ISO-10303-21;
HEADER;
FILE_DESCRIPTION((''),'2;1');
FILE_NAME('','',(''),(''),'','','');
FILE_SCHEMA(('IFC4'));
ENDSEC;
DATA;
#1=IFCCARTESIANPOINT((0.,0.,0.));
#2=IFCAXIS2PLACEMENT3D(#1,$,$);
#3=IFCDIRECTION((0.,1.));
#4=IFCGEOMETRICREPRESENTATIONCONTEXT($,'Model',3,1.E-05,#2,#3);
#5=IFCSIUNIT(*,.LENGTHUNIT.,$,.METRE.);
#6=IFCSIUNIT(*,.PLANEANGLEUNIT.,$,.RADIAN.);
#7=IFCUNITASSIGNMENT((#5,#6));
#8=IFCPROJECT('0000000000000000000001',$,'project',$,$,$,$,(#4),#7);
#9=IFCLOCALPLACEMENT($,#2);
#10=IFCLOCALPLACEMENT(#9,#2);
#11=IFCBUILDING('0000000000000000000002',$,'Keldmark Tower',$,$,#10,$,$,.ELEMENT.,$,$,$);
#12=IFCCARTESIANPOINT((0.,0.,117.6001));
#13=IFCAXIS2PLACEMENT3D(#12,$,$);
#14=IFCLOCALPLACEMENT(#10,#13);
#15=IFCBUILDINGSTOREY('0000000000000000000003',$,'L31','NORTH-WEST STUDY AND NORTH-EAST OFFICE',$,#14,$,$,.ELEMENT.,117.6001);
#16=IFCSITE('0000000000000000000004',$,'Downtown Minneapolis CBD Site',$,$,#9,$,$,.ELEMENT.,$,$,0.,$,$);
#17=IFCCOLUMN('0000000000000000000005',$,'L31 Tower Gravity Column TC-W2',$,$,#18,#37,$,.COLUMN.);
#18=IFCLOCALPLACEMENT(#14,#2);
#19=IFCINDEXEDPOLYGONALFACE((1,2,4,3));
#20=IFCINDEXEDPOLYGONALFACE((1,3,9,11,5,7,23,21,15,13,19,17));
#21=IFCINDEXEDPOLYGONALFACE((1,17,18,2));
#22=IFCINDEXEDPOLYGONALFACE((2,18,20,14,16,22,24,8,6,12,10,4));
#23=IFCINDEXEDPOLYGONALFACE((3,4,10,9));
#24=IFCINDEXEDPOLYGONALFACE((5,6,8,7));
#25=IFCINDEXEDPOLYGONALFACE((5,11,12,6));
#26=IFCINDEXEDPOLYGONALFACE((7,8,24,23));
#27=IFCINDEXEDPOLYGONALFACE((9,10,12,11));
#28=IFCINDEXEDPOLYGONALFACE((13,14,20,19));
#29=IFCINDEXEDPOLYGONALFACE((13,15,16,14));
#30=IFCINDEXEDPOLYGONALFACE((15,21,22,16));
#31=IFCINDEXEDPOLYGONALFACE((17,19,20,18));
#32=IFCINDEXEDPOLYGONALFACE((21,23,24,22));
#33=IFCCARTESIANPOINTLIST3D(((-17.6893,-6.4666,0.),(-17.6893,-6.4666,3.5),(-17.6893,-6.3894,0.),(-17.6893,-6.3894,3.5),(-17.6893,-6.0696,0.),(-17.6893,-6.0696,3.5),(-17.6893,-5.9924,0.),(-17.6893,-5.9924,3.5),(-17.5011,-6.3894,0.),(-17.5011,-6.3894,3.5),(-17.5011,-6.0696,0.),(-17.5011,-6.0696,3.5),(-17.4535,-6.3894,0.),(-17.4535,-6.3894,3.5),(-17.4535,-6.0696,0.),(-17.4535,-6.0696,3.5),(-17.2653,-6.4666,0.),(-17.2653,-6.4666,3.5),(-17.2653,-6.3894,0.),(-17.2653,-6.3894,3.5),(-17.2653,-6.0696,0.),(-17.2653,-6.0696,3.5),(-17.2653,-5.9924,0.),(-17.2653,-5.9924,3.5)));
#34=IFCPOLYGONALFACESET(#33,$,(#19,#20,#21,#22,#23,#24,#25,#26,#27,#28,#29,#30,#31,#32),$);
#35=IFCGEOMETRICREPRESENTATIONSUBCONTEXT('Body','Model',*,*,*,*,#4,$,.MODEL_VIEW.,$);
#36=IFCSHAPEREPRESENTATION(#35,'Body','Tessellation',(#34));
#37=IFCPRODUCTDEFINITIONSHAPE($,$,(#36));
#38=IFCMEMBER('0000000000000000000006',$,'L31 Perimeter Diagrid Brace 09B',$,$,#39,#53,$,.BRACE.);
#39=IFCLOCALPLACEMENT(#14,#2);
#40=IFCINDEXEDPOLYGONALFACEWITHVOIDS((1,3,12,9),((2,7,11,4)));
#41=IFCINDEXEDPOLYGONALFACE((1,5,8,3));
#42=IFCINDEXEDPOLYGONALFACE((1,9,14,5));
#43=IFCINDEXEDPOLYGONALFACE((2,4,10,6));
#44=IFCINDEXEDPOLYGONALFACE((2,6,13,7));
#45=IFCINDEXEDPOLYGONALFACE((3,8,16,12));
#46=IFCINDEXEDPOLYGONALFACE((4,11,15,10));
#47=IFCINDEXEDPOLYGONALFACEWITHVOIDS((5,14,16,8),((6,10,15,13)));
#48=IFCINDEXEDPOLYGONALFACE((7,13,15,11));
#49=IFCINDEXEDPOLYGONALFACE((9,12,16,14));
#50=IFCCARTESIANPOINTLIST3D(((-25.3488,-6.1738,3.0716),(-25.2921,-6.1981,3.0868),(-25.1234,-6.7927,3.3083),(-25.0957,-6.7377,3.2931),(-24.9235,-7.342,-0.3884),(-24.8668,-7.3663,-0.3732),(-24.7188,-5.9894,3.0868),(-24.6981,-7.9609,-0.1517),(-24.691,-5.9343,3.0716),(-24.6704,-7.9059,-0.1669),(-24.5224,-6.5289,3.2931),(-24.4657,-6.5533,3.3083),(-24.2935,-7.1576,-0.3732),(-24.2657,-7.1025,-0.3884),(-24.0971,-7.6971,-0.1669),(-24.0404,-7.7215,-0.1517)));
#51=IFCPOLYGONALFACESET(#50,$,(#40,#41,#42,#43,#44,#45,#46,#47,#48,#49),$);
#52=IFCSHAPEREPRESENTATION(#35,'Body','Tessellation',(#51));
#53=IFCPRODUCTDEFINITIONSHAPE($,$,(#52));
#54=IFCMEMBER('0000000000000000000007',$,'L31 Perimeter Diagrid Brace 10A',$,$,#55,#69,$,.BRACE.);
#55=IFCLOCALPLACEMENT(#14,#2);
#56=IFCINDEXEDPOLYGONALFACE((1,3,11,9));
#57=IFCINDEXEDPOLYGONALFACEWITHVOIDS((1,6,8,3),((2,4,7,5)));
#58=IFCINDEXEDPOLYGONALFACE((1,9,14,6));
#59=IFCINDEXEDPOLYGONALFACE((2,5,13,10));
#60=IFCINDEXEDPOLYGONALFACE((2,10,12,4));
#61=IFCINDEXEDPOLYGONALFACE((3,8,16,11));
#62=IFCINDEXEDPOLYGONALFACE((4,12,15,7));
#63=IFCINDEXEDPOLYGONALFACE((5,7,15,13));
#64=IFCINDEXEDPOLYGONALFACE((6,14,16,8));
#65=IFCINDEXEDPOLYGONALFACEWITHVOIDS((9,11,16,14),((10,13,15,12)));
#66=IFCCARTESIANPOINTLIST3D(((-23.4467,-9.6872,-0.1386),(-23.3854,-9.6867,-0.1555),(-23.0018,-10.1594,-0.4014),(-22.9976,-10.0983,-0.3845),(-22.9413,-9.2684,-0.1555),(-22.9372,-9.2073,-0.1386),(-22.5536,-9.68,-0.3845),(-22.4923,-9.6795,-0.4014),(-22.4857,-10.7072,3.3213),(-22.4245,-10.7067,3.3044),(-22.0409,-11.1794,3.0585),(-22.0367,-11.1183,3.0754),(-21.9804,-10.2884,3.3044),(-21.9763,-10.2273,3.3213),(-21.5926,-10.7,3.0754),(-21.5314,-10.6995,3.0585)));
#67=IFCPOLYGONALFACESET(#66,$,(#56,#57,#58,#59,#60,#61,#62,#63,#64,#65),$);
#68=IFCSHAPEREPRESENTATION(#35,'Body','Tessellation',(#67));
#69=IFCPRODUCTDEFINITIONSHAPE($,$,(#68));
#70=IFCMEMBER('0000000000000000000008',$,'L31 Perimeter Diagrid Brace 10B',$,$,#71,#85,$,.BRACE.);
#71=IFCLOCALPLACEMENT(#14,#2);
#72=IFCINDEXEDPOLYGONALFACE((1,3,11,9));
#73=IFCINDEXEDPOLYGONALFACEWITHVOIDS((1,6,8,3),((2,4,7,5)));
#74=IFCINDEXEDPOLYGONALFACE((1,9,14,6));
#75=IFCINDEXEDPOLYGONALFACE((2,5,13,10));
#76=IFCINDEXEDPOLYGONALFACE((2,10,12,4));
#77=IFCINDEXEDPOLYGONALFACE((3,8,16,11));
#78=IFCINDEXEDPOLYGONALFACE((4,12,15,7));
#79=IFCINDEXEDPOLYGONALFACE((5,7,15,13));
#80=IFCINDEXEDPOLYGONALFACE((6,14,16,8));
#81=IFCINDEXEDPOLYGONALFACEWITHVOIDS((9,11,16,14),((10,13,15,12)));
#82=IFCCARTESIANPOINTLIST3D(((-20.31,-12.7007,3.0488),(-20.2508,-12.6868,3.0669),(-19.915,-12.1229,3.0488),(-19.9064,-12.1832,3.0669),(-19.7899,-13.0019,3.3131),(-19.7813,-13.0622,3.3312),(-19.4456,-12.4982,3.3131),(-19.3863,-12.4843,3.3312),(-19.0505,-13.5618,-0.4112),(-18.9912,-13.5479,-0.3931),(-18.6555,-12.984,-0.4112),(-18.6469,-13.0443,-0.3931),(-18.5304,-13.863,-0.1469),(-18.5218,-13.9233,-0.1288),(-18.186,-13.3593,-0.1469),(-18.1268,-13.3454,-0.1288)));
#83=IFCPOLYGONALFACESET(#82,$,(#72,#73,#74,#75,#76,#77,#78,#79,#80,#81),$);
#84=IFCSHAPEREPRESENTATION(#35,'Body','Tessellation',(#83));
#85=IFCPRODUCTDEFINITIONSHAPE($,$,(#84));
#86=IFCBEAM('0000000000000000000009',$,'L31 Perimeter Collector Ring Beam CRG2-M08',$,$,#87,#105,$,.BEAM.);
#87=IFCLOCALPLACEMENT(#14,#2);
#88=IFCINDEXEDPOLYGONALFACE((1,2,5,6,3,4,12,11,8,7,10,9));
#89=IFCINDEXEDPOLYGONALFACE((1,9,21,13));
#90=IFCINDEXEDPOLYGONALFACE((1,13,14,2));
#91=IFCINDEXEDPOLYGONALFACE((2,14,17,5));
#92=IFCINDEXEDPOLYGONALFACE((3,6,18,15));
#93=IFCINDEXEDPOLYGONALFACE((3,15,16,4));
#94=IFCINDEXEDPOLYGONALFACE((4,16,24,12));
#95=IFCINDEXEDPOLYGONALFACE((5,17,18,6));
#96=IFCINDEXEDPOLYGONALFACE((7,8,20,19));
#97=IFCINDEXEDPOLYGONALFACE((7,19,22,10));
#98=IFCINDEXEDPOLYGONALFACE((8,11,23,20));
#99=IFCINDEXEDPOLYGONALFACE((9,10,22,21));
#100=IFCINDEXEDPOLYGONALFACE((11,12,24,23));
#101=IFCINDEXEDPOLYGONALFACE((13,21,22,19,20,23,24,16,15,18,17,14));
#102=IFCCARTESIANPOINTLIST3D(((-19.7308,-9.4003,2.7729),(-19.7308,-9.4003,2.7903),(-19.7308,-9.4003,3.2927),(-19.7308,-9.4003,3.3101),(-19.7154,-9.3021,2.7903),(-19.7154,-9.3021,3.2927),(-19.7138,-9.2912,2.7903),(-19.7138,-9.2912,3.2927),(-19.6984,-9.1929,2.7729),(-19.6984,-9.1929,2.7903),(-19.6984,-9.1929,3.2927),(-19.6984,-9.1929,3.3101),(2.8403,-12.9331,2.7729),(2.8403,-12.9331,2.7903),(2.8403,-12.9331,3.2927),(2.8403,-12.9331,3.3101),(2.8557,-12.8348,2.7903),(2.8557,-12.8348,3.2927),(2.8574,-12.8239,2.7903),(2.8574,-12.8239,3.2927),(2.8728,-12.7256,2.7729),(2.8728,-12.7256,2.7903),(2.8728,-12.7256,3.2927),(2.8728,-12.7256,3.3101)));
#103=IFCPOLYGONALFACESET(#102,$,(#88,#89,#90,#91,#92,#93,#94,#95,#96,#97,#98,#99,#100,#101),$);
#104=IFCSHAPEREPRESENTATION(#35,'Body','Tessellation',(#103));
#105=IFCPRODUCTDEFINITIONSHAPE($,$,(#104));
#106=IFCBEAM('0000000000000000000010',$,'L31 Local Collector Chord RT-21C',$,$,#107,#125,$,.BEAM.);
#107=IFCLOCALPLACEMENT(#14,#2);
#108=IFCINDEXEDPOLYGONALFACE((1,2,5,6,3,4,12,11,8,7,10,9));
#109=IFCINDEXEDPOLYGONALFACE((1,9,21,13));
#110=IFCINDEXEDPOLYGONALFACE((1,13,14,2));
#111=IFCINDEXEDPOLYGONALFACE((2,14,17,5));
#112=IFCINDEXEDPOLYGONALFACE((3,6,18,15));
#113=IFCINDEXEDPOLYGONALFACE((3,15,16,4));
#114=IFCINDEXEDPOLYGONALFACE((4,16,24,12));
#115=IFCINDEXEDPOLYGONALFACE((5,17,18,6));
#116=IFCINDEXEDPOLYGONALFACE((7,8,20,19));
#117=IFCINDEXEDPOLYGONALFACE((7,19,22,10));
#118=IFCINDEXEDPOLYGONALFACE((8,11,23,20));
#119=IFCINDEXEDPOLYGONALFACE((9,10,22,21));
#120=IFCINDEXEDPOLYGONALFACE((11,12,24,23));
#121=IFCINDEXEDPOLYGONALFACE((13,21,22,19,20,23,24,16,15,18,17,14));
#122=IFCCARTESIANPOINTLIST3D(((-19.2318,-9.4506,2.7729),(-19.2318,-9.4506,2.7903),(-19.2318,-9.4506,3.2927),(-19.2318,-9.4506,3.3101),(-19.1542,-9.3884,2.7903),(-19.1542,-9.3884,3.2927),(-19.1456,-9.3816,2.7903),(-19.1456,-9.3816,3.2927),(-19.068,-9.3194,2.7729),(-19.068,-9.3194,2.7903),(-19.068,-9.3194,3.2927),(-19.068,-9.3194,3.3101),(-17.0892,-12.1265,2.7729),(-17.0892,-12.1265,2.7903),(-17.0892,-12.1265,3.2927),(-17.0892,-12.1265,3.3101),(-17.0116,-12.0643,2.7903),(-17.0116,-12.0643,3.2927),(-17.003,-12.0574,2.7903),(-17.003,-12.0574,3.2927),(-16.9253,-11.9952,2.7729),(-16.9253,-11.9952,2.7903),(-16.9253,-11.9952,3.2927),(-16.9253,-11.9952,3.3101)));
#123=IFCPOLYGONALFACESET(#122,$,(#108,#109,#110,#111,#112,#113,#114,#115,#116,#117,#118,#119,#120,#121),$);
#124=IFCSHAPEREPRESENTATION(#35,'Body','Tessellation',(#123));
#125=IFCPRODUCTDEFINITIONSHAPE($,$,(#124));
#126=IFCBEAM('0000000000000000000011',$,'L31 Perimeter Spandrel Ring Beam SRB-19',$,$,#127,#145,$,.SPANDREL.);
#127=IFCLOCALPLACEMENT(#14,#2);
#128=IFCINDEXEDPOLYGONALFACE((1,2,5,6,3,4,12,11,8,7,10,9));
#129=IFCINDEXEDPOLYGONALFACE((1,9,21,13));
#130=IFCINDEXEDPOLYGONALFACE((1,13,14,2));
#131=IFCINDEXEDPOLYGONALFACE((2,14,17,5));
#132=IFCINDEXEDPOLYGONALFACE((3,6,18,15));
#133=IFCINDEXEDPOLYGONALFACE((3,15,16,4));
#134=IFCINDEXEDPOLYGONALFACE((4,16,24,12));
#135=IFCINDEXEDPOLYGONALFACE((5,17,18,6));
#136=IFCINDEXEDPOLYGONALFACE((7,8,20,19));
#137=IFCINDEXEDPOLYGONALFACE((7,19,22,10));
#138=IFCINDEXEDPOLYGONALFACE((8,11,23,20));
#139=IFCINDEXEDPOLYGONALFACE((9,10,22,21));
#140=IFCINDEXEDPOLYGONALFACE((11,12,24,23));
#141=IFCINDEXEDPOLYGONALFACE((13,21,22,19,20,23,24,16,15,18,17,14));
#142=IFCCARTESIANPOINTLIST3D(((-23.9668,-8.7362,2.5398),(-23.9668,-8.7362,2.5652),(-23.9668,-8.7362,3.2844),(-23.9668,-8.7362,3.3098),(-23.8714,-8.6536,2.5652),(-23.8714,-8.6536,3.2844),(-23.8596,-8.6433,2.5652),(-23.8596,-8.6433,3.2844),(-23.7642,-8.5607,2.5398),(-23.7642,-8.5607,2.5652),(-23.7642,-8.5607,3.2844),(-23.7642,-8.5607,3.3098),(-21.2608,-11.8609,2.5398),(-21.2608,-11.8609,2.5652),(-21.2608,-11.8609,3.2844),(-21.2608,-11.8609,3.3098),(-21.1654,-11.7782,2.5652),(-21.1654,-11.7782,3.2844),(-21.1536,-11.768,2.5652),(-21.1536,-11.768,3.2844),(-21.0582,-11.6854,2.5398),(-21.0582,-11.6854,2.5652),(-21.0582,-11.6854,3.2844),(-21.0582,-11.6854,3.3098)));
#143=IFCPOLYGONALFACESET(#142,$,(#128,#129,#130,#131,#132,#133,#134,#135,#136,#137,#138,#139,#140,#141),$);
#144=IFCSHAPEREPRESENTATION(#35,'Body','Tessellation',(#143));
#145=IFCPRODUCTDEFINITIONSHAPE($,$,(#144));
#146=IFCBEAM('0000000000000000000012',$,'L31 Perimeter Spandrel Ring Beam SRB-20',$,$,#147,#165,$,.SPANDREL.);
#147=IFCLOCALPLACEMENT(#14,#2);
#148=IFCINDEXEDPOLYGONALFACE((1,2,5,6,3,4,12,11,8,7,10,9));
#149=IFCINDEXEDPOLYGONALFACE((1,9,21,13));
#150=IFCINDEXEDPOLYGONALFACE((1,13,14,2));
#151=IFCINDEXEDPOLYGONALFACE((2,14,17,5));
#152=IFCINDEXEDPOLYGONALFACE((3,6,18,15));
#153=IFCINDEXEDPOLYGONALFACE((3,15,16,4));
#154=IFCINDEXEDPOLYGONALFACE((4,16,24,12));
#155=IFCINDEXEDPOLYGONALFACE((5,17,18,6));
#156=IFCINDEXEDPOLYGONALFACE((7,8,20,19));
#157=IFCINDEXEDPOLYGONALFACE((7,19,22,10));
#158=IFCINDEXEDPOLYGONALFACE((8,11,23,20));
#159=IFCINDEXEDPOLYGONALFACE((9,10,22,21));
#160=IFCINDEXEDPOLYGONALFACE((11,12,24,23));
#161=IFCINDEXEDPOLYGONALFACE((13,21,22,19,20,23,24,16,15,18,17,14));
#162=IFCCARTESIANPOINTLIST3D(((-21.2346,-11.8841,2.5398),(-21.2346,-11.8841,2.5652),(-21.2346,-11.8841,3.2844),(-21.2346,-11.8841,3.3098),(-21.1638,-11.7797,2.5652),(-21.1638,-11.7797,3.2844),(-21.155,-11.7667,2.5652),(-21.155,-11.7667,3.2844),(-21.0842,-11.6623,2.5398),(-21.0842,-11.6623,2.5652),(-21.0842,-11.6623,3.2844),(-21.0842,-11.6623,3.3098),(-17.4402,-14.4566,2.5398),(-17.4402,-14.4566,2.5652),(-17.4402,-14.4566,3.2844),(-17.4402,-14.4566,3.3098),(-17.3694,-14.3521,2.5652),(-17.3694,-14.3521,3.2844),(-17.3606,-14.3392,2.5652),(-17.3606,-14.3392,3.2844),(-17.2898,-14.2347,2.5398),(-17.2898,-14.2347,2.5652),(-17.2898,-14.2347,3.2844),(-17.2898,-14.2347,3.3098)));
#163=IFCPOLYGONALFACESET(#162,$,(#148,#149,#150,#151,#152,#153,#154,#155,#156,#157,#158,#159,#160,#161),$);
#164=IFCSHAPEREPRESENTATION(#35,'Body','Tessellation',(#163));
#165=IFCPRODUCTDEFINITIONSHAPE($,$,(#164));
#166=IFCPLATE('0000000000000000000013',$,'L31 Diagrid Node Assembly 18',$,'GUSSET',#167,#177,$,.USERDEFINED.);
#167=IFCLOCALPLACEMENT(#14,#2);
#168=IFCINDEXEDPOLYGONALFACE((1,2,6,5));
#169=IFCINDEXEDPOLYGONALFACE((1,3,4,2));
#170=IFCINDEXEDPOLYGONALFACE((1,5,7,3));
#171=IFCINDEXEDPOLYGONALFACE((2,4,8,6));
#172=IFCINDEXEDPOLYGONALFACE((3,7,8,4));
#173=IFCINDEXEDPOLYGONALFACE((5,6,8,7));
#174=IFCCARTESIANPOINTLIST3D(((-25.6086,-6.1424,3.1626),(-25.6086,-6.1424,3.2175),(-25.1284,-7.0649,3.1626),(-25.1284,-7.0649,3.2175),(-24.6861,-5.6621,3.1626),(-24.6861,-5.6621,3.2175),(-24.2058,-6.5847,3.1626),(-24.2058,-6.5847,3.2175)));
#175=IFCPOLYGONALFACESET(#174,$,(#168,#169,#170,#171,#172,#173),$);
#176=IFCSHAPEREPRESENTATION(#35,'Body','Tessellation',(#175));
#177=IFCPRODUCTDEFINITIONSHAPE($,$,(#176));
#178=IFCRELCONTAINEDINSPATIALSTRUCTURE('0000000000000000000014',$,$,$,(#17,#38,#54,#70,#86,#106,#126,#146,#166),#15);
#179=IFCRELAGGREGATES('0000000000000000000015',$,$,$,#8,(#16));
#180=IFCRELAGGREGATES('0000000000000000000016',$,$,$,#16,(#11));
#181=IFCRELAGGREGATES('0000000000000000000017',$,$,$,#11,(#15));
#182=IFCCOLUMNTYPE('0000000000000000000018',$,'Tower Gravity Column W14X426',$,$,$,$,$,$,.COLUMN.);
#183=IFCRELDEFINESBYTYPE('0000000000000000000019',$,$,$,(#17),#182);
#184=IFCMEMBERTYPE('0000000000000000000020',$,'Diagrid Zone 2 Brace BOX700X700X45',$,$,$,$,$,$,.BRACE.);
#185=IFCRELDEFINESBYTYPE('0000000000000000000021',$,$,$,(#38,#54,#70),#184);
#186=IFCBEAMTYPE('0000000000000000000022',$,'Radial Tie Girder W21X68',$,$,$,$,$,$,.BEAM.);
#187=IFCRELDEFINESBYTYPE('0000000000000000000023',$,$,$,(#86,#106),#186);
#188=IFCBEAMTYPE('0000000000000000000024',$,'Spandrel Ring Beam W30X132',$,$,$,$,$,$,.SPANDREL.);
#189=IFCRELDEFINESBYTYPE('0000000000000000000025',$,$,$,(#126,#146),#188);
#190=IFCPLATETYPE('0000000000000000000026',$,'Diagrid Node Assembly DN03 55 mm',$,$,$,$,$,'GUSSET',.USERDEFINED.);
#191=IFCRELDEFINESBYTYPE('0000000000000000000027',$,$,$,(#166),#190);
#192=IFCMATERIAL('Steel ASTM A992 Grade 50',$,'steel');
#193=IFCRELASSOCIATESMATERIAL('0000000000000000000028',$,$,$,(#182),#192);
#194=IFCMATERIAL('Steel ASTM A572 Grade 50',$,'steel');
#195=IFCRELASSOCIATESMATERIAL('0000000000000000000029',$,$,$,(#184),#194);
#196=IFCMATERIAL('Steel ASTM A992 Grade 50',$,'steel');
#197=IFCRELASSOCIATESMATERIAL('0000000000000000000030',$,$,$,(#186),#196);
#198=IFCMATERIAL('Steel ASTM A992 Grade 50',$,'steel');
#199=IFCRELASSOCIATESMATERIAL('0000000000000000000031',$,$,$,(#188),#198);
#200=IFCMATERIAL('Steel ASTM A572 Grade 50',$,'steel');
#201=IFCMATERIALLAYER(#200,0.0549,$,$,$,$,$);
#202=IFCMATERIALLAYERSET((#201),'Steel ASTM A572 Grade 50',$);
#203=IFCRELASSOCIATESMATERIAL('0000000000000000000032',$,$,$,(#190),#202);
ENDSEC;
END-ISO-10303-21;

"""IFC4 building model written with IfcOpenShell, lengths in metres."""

from ifc_helpers import new_model, si_unit, direction, frame, origin, origin_2d, place, context, subcontext, project, spatial, rectangle, hollow_rectangle, i_section, extrude, material, layer, layer_set, material_profile, profile_set, type_object, element, save


model = new_model("IFC4")

# Units and contexts
model_context = context("Model", 3, precision=1e-05, world=origin(), true_north=direction((0.0, 1.0)))
body_context = subcontext(model_context, "Body", "Model", "MODEL_VIEW")
ifc_project = project(units=[si_unit("LENGTHUNIT", "METRE"), si_unit("PLANEANGLEUNIT", "RADIAN")], contexts=[model_context])

# Site, building, storey
site_placement = place(None, origin())
site = spatial("IfcSite", under=ifc_project, at=site_placement, Name="Downtown Minneapolis CBD Site", CompositionType="ELEMENT", RefElevation=0.0)
building_placement = place(site_placement, origin())
building = spatial("IfcBuilding", under=site, at=building_placement, Name="Keldmark Tower", CompositionType="ELEMENT")
storey_placement = place(building_placement, frame((0.0, 0.0, 117.6001)))
storey = spatial("IfcBuildingStorey", under=building, at=storey_placement, Name="L31", Description="NORTH-WEST STUDY AND NORTH-EAST OFFICE", CompositionType="ELEMENT", Elevation=117.6001)

# Column
ifc_material_1 = material(Name="Steel ASTM A992 Grade 50", Category="steel")
ifc_material_profile_1 = material_profile(ifc_material_1, i_section(OverallWidth=0.4241, OverallDepth=0.4741, WebThickness=0.0476, FlangeThickness=0.0771, at=origin_2d()), Name="W14X426")
ifc_profile_set_1 = profile_set([ifc_material_profile_1], Name="Steel ASTM A992 Grade 50")
column_type = type_object("IfcColumnType", Name="Tower Gravity Column W14X426", PredefinedType="COLUMN", material=ifc_profile_set_1)
column_placement = place(storey_placement, frame((-17.4773, -6.2295, 0.0), z_axis=(0.0, 0.0, 1.0), x_axis=(1.0, 0.0, 0.0)))
element("IfcColumn", 1, at=column_placement, inside=storey, type_object=column_type, Name="L31 Tower Gravity Column TC-W2", PredefinedType="COLUMN", context=body_context, shape_type="SweptSolid", body=[
    extrude(i_section(OverallWidth=0.4241, OverallDepth=0.4741, WebThickness=0.0476, FlangeThickness=0.0771, at=origin_2d()), origin(), (0.0, 0.0, 1.0), 3.5),
])

# Members
ifc_material_2 = material(Name="Steel ASTM A572 Grade 50", Category="steel")
ifc_material_profile_2 = material_profile(ifc_material_2, hollow_rectangle(XDim=0.7, YDim=0.7, WallThickness=0.0449, at=origin_2d()), Name="BOX700X700X45")
ifc_profile_set_2 = profile_set([ifc_material_profile_2], Name="Steel ASTM A572 Grade 50")
member_type = type_object("IfcMemberType", Name="Diagrid Zone 2 Brace BOX700X700X45", PredefinedType="BRACE", material=ifc_profile_set_2)
member_1_placement = place(storey_placement, frame((-24.4819, -7.5317, -0.27), z_axis=(-0.115678, 0.317748, 0.941092), x_axis=(-0.939667, -0.34209, 0.0)))
element("IfcMember", 2, at=member_1_placement, inside=storey, type_object=member_type, Name="L31 Perimeter Diagrid Brace 09B", PredefinedType="BRACE", context=body_context, shape_type="SweptSolid", body=[
    extrude(hollow_rectangle(XDim=0.7, YDim=0.7, WallThickness=0.0449, at=origin_2d()), origin(), (0.0, 0.0, 1.0), 3.6765),
])
member_2_placement = place(storey_placement, frame((-22.9695, -9.6833, -0.27), z_axis=(0.257418, -0.273245, 0.926862), x_axis=(0.727873, 0.685712, 0.0)))
element("IfcMember", 3, at=member_2_placement, inside=storey, type_object=member_type, Name="L31 Perimeter Diagrid Brace 10A", PredefinedType="BRACE", context=body_context, shape_type="SweptSolid", body=[
    extrude(hollow_rectangle(XDim=0.7, YDim=0.7, WallThickness=0.0449, at=origin_2d()), origin(), (0.0, 0.0, 1.0), 3.7329),
])
member_3_placement = place(storey_placement, frame((-18.5886, -13.4536, -0.27), z_axis=(-0.333081, 0.227714, 0.914988), x_axis=(-0.564374, -0.825519, 0.0)))
element("IfcMember", 4, at=member_3_placement, inside=storey, type_object=member_type, Name="L31 Perimeter Diagrid Brace 10B", PredefinedType="BRACE", context=body_context, shape_type="SweptSolid", body=[
    extrude(hollow_rectangle(XDim=0.7, YDim=0.7, WallThickness=0.0449, at=origin_2d()), origin(), (0.0, 0.0, 1.0), 3.7815),
])

# Beams
ifc_material_3 = material(Name="Steel ASTM A992 Grade 50", Category="steel")
ifc_material_profile_3 = material_profile(ifc_material_3, i_section(OverallWidth=0.21, OverallDepth=0.5371, WebThickness=0.011, FlangeThickness=0.0173, at=origin_2d()), Name="W21X68")
ifc_profile_set_3 = profile_set([ifc_material_profile_3], Name="Steel ASTM A992 Grade 50")
beam_type_1 = type_object("IfcBeamType", Name="Radial Tie Girder W21X68", PredefinedType="BEAM", material=ifc_profile_set_3)
beam_1_placement = place(storey_placement, frame((-19.7146, -9.2966, 3.0415), z_axis=(0.987972, -0.154633, 0.0), x_axis=(0.154633, 0.987972, 0.0)))
element("IfcBeam", 5, at=beam_1_placement, inside=storey, type_object=beam_type_1, Name="L31 Perimeter Collector Ring Beam CRG2-M08", PredefinedType="BEAM", context=body_context, shape_type="SweptSolid", body=[
    extrude(i_section(OverallWidth=0.21, OverallDepth=0.5371, WebThickness=0.011, FlangeThickness=0.0173, at=origin_2d()), origin(), (0.0, 0.0, 1.0), 22.8459),
])
beam_2_placement = place(storey_placement, frame((-19.1499, -9.385, 3.0415), z_axis=(0.625042, -0.780591, 0.0), x_axis=(0.780591, 0.625042, 0.0)))
element("IfcBeam", 6, at=beam_2_placement, inside=storey, type_object=beam_type_1, Name="L31 Local Collector Chord RT-21C", PredefinedType="BEAM", context=body_context, shape_type="SweptSolid", body=[
    extrude(i_section(OverallWidth=0.21, OverallDepth=0.5371, WebThickness=0.011, FlangeThickness=0.0173, at=origin_2d()), origin(), (0.0, 0.0, 1.0), 3.428),
])
ifc_material_4 = material(Name="Steel ASTM A992 Grade 50", Category="steel")
ifc_material_profile_4 = material_profile(ifc_material_4, i_section(OverallWidth=0.2681, OverallDepth=0.77, WebThickness=0.0156, FlangeThickness=0.0254, at=origin_2d()), Name="W30X132")
ifc_profile_set_4 = profile_set([ifc_material_profile_4], Name="Steel ASTM A992 Grade 50")
beam_type_2 = type_object("IfcBeamType", Name="Spandrel Ring Beam W30X132", PredefinedType="SPANDREL", material=ifc_profile_set_4)
beam_3_placement = place(storey_placement, frame((-23.8655, -8.6484, 2.9248), z_axis=(0.654645, -0.755937, 0.0), x_axis=(0.755937, 0.654645, 0.0)))
element("IfcBeam", 7, at=beam_3_placement, inside=storey, type_object=beam_type_2, Name="L31 Perimeter Spandrel Ring Beam SRB-19", PredefinedType="SPANDREL", context=body_context, shape_type="SweptSolid", body=[
    extrude(i_section(OverallWidth=0.2681, OverallDepth=0.77, WebThickness=0.0156, FlangeThickness=0.0254, at=origin_2d()), origin(), (0.0, 0.0, 1.0), 4.1335),
])
beam_4_placement = place(storey_placement, frame((-21.1594, -11.7732, 2.9248), z_axis=(0.827707, -0.56116, 0.0), x_axis=(0.56116, 0.827707, 0.0)))
element("IfcBeam", 8, at=beam_4_placement, inside=storey, type_object=beam_type_2, Name="L31 Perimeter Spandrel Ring Beam SRB-20", PredefinedType="SPANDREL", context=body_context, shape_type="SweptSolid", body=[
    extrude(i_section(OverallWidth=0.2681, OverallDepth=0.77, WebThickness=0.0156, FlangeThickness=0.0254, at=origin_2d()), origin(), (0.0, 0.0, 1.0), 4.5842),
])

# Plate
ifc_material_5 = material(Name="Steel ASTM A572 Grade 50", Category="steel")
ifc_layer_1 = layer(ifc_material_5, 0.0549)
ifc_layer_set_1 = layer_set([ifc_layer_1], Name="Steel ASTM A572 Grade 50")
plate_type = type_object("IfcPlateType", Name="Diagrid Node Assembly DN03 55 mm", ElementType="GUSSET", PredefinedType="USERDEFINED", material=ifc_layer_set_1)
for number, where, z_axis, x_axis, name in (
    (9, (-24.9072, -6.3635, 3.1626), (0.0, 0.0, 1.0), (0.461749, -0.887011, 0.0), "L31 Diagrid Node Assembly 18"),
):
    element("IfcPlate", number, at=place(storey_placement, frame(where, z_axis=z_axis, x_axis=x_axis)), inside=storey, type_object=plate_type, Name=name, ObjectType="GUSSET", PredefinedType="USERDEFINED", context=body_context, shape_type="SweptSolid", body=[
        extrude(rectangle(XDim=1.04, YDim=1.04, at=origin_2d()), origin(), (0.0, 0.0, 1.0), 0.0549),
    ])

save(model, "model.ifc")
